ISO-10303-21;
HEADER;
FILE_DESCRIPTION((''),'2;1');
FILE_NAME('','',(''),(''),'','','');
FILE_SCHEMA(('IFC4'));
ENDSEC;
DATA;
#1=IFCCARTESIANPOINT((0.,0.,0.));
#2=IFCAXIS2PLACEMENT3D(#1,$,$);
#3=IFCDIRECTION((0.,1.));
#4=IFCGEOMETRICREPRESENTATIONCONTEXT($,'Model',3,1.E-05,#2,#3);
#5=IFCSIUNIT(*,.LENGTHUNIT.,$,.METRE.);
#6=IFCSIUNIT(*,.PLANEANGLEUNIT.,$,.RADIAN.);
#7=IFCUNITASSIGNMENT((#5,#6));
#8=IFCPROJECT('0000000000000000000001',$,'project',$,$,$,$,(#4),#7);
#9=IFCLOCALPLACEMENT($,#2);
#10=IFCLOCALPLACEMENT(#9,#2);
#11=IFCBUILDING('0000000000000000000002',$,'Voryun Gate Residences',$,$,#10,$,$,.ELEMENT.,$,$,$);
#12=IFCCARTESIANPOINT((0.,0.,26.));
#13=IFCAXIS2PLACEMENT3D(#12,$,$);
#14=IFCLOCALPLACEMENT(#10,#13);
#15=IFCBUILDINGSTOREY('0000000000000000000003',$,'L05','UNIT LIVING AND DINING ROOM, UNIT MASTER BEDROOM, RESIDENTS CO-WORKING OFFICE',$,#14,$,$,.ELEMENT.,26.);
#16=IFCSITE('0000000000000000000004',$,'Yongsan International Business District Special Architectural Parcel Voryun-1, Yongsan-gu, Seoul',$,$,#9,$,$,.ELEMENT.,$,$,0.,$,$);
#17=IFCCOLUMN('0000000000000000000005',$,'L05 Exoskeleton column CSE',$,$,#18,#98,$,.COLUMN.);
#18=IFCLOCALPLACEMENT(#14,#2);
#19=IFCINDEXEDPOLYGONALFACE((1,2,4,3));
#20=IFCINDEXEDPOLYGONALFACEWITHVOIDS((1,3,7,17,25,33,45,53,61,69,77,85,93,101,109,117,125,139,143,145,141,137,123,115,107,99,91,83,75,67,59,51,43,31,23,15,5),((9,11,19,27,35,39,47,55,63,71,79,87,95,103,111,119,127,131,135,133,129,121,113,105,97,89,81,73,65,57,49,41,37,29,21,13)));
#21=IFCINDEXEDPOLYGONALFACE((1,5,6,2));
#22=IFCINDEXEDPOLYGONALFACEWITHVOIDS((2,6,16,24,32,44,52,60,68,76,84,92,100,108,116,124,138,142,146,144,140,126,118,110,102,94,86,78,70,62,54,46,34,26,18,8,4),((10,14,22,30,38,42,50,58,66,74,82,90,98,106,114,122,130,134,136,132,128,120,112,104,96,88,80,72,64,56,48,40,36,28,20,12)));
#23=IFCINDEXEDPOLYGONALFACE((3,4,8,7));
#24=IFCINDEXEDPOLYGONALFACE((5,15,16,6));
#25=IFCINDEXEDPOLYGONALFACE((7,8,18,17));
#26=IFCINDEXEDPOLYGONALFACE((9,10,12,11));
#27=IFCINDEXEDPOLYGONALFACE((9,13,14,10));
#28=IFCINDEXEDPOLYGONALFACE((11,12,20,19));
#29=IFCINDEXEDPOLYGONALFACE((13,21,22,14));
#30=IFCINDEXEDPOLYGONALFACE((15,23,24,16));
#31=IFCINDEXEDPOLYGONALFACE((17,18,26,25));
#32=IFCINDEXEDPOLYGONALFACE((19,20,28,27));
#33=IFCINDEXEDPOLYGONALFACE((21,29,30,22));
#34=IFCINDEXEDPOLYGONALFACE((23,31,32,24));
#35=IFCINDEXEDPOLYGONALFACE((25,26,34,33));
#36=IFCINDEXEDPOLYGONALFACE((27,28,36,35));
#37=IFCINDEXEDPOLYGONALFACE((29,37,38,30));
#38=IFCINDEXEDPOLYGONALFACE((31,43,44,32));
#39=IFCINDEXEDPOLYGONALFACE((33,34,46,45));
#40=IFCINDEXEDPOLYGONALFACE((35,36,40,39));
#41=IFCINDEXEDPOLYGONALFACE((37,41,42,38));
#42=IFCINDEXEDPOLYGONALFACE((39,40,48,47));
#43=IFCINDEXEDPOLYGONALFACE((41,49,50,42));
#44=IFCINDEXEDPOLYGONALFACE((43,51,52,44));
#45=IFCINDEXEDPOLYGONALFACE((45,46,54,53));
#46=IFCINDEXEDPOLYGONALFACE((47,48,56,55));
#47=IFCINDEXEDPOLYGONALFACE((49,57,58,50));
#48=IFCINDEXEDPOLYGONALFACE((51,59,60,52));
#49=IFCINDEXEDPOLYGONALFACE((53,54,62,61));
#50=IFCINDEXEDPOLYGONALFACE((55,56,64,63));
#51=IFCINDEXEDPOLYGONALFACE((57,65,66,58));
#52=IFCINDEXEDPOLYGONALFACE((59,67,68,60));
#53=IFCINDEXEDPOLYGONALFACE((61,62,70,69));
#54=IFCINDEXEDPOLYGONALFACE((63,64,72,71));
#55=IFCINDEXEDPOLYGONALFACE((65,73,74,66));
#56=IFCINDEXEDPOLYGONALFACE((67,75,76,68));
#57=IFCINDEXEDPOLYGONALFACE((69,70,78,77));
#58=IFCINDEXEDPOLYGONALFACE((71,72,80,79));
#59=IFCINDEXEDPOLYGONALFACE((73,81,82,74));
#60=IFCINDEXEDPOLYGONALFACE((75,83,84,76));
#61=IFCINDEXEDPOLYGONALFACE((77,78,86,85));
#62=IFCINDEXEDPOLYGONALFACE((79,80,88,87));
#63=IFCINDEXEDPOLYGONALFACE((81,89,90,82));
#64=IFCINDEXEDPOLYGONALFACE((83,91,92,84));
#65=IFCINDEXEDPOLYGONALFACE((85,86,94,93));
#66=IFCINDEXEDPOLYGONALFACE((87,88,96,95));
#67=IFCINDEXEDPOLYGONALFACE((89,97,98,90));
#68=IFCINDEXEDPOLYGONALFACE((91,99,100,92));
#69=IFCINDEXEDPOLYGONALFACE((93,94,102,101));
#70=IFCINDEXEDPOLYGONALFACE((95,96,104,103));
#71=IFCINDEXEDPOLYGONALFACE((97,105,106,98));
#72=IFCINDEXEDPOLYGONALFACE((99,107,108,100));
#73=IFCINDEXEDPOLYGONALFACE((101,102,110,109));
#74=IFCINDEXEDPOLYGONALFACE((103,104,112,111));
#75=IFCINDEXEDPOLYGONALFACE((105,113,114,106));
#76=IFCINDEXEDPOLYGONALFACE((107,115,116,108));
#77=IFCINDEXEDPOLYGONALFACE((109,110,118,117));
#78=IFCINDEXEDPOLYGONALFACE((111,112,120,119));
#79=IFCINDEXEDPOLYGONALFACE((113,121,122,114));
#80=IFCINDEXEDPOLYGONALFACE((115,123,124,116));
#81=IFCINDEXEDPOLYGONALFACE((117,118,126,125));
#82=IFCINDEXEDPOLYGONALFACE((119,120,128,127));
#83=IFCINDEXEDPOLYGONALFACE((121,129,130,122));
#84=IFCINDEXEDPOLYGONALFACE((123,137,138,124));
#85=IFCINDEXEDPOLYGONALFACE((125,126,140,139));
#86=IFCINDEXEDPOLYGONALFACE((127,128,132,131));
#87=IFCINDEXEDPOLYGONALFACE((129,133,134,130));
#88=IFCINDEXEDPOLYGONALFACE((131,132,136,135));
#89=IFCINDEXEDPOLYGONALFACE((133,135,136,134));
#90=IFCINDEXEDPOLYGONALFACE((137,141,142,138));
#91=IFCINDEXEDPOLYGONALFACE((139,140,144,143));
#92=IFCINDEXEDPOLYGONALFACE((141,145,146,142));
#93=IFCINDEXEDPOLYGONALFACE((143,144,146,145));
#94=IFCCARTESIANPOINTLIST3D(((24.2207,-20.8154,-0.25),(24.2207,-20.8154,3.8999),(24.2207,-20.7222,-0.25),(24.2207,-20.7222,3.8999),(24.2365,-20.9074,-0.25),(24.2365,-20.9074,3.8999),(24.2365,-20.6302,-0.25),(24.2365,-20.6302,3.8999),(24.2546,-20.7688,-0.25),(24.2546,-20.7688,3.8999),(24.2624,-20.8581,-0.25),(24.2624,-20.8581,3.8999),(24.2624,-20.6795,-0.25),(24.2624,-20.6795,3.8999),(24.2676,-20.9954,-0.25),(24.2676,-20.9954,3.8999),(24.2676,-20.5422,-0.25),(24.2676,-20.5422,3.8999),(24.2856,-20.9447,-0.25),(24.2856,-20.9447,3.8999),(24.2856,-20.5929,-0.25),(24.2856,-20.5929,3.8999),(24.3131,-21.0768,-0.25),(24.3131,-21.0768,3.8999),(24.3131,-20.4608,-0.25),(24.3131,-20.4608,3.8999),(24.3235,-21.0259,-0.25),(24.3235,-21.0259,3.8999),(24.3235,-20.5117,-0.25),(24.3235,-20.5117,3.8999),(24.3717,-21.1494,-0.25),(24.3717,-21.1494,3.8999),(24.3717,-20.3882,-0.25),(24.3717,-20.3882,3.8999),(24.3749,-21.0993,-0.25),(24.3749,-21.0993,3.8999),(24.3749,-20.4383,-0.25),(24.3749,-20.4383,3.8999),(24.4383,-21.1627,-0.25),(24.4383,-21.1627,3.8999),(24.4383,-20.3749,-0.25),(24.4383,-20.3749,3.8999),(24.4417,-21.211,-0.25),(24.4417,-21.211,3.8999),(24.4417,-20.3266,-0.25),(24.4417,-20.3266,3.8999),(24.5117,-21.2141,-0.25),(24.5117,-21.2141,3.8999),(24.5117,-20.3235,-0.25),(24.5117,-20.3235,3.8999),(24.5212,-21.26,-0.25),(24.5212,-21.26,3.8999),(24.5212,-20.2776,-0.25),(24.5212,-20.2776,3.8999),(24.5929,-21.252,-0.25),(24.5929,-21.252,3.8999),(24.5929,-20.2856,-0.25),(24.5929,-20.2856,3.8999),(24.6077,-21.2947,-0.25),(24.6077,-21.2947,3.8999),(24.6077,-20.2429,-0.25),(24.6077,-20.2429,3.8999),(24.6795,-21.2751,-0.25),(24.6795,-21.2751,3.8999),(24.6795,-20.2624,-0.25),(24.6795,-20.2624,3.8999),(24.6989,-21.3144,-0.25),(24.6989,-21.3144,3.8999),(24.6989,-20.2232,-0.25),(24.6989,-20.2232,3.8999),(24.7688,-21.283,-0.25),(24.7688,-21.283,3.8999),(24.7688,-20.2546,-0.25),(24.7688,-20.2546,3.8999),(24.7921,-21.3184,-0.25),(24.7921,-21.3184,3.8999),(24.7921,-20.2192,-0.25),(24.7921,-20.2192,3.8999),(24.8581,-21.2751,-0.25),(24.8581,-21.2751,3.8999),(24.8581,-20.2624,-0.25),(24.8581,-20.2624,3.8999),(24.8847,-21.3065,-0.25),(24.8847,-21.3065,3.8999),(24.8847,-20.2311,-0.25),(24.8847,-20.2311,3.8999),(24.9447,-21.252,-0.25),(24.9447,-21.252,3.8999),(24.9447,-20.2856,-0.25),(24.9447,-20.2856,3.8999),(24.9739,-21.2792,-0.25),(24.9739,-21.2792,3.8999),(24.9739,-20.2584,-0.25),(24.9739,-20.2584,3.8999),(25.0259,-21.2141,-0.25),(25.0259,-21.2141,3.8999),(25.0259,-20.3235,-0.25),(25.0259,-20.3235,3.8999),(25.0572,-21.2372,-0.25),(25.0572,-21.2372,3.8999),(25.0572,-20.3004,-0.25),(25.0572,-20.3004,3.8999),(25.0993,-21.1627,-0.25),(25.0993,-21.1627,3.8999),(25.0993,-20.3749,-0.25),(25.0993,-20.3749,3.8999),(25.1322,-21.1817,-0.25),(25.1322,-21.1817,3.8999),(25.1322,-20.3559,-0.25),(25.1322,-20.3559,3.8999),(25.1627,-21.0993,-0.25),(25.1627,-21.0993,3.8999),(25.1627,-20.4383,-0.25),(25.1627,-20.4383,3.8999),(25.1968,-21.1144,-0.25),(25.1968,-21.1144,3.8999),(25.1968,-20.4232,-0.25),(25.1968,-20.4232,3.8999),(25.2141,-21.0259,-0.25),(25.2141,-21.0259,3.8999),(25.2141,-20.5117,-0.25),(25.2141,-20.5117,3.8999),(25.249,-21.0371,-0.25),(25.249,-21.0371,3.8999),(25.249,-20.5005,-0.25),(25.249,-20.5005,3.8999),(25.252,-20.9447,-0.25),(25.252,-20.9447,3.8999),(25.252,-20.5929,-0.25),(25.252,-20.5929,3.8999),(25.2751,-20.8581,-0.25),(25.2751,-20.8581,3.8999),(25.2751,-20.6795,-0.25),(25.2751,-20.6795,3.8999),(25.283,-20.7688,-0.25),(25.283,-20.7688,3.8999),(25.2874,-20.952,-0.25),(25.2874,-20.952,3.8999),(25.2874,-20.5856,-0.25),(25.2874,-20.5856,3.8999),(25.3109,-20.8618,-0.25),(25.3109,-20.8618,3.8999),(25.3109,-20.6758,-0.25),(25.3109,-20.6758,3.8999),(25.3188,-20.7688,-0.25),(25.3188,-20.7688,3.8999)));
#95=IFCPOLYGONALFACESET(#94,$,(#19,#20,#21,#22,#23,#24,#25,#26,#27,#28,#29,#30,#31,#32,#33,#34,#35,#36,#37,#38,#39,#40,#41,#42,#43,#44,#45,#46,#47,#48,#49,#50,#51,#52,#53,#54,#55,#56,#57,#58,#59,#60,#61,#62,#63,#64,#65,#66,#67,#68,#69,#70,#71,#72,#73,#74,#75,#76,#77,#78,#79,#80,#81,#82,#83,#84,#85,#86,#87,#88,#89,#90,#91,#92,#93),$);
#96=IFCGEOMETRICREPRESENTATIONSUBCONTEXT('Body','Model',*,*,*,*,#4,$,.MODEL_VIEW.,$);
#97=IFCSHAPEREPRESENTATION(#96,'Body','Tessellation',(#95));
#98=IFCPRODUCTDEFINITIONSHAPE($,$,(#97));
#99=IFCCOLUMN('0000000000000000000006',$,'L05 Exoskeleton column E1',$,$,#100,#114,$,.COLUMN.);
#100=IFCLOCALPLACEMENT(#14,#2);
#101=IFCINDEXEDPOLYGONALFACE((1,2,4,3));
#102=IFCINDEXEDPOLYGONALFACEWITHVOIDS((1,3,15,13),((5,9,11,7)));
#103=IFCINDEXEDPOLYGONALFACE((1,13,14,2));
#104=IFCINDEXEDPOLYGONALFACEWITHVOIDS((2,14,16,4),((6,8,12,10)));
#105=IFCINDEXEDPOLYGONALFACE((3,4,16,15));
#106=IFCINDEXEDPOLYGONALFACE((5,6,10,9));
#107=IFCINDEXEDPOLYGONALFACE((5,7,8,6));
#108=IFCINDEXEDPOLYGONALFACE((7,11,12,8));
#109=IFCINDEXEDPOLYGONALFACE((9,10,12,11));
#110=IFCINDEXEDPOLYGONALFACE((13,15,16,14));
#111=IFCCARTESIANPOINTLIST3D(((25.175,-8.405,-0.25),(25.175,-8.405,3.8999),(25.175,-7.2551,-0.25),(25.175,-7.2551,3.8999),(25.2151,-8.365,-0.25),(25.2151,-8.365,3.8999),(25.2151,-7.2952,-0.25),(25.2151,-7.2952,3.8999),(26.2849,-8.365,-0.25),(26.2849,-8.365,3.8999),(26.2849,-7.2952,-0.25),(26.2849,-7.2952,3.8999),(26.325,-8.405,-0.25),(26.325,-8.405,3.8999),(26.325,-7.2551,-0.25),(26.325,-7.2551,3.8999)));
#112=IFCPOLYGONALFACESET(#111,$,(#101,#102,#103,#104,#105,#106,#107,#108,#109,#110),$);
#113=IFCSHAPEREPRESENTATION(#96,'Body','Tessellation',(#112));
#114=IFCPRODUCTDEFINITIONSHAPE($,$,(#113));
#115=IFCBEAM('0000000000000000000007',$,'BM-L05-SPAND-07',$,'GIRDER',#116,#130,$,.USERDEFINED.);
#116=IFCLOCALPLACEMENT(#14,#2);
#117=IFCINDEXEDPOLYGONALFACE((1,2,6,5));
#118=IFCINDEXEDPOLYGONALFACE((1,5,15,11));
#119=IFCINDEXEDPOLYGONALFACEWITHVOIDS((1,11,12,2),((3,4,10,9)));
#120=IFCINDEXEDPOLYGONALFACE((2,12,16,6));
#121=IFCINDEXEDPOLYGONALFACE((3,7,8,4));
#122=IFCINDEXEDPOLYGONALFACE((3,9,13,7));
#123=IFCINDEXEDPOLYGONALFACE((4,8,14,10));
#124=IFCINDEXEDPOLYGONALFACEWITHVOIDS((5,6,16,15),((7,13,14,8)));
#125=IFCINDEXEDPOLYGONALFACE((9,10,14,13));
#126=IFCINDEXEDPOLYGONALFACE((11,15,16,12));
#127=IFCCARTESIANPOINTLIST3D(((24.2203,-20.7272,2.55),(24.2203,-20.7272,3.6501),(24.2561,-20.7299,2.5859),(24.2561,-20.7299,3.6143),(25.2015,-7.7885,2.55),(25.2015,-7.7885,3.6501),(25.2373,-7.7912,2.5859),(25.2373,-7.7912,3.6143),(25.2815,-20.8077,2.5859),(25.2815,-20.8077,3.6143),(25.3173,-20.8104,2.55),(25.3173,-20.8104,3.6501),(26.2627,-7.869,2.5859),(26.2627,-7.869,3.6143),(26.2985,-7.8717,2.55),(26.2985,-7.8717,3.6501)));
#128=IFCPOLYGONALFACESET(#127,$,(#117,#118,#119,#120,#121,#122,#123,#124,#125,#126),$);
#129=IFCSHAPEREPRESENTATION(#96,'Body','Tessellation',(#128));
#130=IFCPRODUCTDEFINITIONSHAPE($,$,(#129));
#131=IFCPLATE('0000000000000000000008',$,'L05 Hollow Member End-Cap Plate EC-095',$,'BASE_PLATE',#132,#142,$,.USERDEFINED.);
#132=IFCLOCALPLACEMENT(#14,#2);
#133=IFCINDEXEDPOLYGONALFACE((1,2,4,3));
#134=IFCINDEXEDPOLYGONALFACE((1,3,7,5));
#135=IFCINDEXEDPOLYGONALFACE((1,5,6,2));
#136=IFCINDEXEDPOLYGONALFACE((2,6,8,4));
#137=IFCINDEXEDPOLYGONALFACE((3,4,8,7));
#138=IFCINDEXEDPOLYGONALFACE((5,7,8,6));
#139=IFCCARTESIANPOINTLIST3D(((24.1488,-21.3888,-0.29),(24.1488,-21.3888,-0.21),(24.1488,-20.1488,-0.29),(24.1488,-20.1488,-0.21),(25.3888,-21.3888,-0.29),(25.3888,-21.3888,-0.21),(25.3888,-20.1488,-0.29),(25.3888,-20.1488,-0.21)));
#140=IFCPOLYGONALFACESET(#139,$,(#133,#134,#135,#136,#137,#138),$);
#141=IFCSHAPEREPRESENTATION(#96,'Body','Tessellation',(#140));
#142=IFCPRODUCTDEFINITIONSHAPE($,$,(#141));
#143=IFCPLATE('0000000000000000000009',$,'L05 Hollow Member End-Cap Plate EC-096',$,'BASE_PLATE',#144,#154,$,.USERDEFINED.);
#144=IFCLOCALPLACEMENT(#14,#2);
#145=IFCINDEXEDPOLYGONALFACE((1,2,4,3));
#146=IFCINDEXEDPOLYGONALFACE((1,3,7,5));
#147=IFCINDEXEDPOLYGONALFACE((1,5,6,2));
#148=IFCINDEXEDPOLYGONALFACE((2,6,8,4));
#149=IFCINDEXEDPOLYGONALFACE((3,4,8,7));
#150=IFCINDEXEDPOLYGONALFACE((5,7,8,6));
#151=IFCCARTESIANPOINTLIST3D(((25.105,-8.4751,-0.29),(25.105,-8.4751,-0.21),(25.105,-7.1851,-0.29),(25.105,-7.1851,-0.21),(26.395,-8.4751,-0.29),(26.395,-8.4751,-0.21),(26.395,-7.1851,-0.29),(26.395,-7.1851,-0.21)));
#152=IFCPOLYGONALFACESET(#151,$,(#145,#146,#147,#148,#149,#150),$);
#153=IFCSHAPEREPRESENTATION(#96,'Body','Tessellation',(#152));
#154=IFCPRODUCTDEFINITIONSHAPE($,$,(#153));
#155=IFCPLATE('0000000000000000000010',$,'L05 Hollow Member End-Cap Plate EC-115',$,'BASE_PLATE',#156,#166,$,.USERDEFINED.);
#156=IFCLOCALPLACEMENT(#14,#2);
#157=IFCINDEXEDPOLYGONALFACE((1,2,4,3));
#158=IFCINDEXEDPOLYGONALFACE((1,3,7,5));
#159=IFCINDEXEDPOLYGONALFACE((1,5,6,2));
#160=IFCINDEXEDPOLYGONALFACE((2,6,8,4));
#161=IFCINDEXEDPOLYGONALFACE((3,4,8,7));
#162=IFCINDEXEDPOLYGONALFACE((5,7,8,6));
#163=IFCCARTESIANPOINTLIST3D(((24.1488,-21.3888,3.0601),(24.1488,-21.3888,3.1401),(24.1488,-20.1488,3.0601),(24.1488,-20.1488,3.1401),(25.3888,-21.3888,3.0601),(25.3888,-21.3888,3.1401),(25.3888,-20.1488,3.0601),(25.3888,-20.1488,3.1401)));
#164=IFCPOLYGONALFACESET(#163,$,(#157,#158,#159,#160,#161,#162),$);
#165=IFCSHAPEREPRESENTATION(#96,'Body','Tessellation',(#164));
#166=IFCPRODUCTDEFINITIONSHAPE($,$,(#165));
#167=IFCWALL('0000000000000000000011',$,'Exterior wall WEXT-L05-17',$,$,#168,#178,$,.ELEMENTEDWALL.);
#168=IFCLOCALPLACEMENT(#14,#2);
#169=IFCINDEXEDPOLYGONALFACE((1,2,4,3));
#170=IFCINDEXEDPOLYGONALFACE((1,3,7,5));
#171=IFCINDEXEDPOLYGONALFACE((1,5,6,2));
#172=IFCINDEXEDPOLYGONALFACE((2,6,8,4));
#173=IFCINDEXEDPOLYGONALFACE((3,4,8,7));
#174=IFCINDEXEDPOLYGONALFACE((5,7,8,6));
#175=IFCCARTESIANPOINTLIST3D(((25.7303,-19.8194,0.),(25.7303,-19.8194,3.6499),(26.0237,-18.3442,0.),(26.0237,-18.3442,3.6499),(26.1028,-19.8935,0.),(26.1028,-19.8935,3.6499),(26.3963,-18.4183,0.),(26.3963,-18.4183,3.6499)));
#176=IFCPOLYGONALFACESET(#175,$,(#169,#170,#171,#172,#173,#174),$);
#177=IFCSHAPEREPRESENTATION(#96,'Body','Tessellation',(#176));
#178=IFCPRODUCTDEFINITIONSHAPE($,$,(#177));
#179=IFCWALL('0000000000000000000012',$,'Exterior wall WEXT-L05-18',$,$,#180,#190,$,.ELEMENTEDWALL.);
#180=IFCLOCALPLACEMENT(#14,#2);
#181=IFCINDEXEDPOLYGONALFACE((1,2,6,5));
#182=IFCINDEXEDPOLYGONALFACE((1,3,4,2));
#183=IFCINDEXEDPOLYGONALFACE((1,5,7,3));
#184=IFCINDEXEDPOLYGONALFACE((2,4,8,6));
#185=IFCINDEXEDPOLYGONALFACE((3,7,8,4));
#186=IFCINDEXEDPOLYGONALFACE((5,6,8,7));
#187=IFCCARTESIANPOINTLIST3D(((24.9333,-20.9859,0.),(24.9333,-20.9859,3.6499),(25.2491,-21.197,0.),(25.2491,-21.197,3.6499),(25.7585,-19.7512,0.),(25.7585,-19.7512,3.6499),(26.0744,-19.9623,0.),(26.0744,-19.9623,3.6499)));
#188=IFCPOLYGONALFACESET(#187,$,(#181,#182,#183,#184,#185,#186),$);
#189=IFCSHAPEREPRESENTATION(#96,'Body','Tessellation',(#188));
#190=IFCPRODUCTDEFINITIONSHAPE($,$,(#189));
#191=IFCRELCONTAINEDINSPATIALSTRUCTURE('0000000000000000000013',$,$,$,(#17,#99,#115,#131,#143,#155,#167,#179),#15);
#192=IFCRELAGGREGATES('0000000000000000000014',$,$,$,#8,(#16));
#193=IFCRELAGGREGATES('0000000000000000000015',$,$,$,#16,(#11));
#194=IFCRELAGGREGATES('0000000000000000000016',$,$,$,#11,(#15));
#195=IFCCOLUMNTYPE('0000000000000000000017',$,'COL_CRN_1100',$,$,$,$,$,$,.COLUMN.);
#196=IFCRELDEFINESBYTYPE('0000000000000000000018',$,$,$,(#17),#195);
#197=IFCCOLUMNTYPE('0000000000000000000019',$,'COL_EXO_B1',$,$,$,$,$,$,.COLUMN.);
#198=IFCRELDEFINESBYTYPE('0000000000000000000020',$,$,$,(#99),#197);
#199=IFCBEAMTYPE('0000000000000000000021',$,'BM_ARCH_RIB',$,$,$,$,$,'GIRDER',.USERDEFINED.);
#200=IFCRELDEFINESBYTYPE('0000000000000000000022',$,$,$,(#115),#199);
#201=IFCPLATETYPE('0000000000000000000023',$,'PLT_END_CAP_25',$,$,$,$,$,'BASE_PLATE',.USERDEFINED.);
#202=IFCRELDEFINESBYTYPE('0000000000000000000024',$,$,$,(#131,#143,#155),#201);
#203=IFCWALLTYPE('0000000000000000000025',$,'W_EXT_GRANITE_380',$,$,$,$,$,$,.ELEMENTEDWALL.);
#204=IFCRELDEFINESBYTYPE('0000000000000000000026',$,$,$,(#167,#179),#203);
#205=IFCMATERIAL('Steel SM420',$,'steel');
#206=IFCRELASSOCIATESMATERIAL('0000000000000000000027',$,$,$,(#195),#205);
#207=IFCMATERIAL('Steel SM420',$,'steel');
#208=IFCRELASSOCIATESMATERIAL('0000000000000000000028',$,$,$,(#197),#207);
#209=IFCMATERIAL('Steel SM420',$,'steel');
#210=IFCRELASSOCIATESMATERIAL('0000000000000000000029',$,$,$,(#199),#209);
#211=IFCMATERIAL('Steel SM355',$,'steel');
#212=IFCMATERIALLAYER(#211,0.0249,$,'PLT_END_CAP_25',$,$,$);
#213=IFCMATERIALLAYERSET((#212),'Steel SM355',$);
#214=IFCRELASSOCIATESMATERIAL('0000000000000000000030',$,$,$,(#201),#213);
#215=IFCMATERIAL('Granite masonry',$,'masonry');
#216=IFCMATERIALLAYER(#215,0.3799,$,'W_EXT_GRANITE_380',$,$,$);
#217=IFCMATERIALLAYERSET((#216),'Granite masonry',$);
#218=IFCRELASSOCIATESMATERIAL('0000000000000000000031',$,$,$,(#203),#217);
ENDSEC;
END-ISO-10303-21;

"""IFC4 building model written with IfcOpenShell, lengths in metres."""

from ifc_helpers import new_model, si_unit, direction, frame, frame_2d, origin, origin_2d, place, context, subcontext, project, spatial, rectangle, hollow_rectangle, hollow_circle, extrude, material, layer, layer_set, material_profile, profile_set, type_object, element, save


model = new_model("IFC4")

# Units and contexts
model_context = context("Model", 3, precision=1e-05, world=origin(), true_north=direction((0.0, 1.0)))
body_context = subcontext(model_context, "Body", "Model", "MODEL_VIEW")
ifc_project = project(units=[si_unit("LENGTHUNIT", "METRE"), si_unit("PLANEANGLEUNIT", "RADIAN")], contexts=[model_context])

# Site, building, storey
site_placement = place(None, origin())
site = spatial("IfcSite", under=ifc_project, at=site_placement, Name="Yongsan International Business District Special Architectural Parcel Voryun-1, Yongsan-gu, Seoul", CompositionType="ELEMENT", RefElevation=0.0)
building_placement = place(site_placement, origin())
building = spatial("IfcBuilding", under=site, at=building_placement, Name="Voryun Gate Residences", CompositionType="ELEMENT")
storey_placement = place(building_placement, frame((0.0, 0.0, 26.0)))
storey = spatial("IfcBuildingStorey", under=building, at=storey_placement, Name="L05", Description="UNIT LIVING AND DINING ROOM, UNIT MASTER BEDROOM, RESIDENTS CO-WORKING OFFICE", CompositionType="ELEMENT", Elevation=26.0)

# Columns
ifc_material_1 = material(Name="Steel SM420", Category="steel")
ifc_material_profile_1 = material_profile(ifc_material_1, hollow_circle(Radius=0.55, WallThickness=0.0359, at=origin_2d()), Name="CHS-1100x36")
ifc_profile_set_1 = profile_set([ifc_material_profile_1], Name="Steel SM420")
column_type_1 = type_object("IfcColumnType", Name="COL_CRN_1100", PredefinedType="COLUMN", material=ifc_profile_set_1)
column_1_placement = place(storey_placement, frame((24.7688, -20.7688, -0.25), z_axis=(0.0, 0.0, 1.0), x_axis=(1.0, 0.0, 0.0)))
element("IfcColumn", 1, at=column_1_placement, inside=storey, type_object=column_type_1, Name="L05 Exoskeleton column CSE", PredefinedType="COLUMN", context=body_context, shape_type="SweptSolid", body=[
    extrude(hollow_circle(Radius=0.55, WallThickness=0.0359, at=origin_2d()), origin(), (0.0, 0.0, 1.0), 4.1499),
])
ifc_material_2 = material(Name="Steel SM420", Category="steel")
ifc_material_profile_2 = material_profile(ifc_material_2, hollow_rectangle(XDim=1.1499, YDim=1.1499, WallThickness=0.04, at=origin_2d()), Name="BOX-1150x1150x40")
ifc_profile_set_2 = profile_set([ifc_material_profile_2], Name="Steel SM420")
column_type_2 = type_object("IfcColumnType", Name="COL_EXO_B1", PredefinedType="COLUMN", material=ifc_profile_set_2)
column_2_placement = place(storey_placement, frame((25.75, -7.8301, -0.25), z_axis=(0.0, 0.0, 1.0), x_axis=(1.0, 0.0, 0.0)))
element("IfcColumn", 2, at=column_2_placement, inside=storey, type_object=column_type_2, Name="L05 Exoskeleton column E1", PredefinedType="COLUMN", context=body_context, shape_type="SweptSolid", body=[
    extrude(hollow_rectangle(XDim=1.1499, YDim=1.1499, WallThickness=0.04, at=origin_2d()), origin(), (0.0, 0.0, 1.0), 4.1499),
])

# Beam
ifc_material_3 = material(Name="Steel SM420", Category="steel")
ifc_material_profile_3 = material_profile(ifc_material_3, hollow_rectangle(XDim=1.1001, YDim=1.1001, WallThickness=0.0359, at=origin_2d()), Name="BOX-1100x1100x36")
ifc_profile_set_3 = profile_set([ifc_material_profile_3], Name="Steel SM420")
beam_type = type_object("IfcBeamType", Name="BM_ARCH_RIB", ElementType="GIRDER", PredefinedType="USERDEFINED", material=ifc_profile_set_3)
beam_placement = place(storey_placement, frame((24.7688, -20.7688, 3.1001), z_axis=(0.075617, 0.997137, 0.0), x_axis=(-0.997137, 0.075617, 0.0)))
element("IfcBeam", 3, at=beam_placement, inside=storey, type_object=beam_type, Name="BM-L05-SPAND-07", ObjectType="GIRDER", PredefinedType="USERDEFINED", context=body_context, shape_type="SweptSolid", body=[
    extrude(hollow_rectangle(XDim=1.1001, YDim=1.1001, WallThickness=0.0359, at=origin_2d()), origin(), (0.0, 0.0, 1.0), 12.9758),
])

# Plates
ifc_material_4 = material(Name="Steel SM355", Category="steel")
ifc_layer_1 = layer(ifc_material_4, 0.0249, Name="PLT_END_CAP_25")
ifc_layer_set_1 = layer_set([ifc_layer_1], Name="Steel SM355")
plate_type = type_object("IfcPlateType", Name="PLT_END_CAP_25", ElementType="BASE_PLATE", PredefinedType="USERDEFINED", material=ifc_layer_set_1)
plate_1_placement = place(storey_placement, frame((24.7688, -20.7688, -0.29), z_axis=(0.0, 0.0, 1.0), x_axis=(1.0, 0.0, 0.0)))
element("IfcPlate", 4, at=plate_1_placement, inside=storey, type_object=plate_type, Name="L05 Hollow Member End-Cap Plate EC-095", ObjectType="BASE_PLATE", PredefinedType="USERDEFINED", context=body_context, shape_type="SweptSolid", body=[
    extrude(rectangle(XDim=1.24, YDim=1.24, at=origin_2d()), origin(), (0.0, 0.0, 1.0), 0.0801),
])
plate_2_placement = place(storey_placement, frame((25.75, -7.8301, -0.29), z_axis=(0.0, 0.0, 1.0), x_axis=(1.0, 0.0, 0.0)))
element("IfcPlate", 5, at=plate_2_placement, inside=storey, type_object=plate_type, Name="L05 Hollow Member End-Cap Plate EC-096", ObjectType="BASE_PLATE", PredefinedType="USERDEFINED", context=body_context, shape_type="SweptSolid", body=[
    extrude(rectangle(XDim=1.29, YDim=1.29, at=origin_2d()), origin(), (0.0, 0.0, 1.0), 0.0801),
])
plate_3_placement = place(storey_placement, frame((24.7688, -20.7688, 3.0601), z_axis=(0.0, 0.0, 1.0), x_axis=(1.0, 0.0, 0.0)))
element("IfcPlate", 6, at=plate_3_placement, inside=storey, type_object=plate_type, Name="L05 Hollow Member End-Cap Plate EC-115", ObjectType="BASE_PLATE", PredefinedType="USERDEFINED", context=body_context, shape_type="SweptSolid", body=[
    extrude(rectangle(XDim=1.24, YDim=1.24, at=origin_2d()), origin(), (0.0, 0.0, 1.0), 0.0801),
])

# Walls
ifc_material_5 = material(Name="Granite masonry", Category="masonry")
ifc_layer_2 = layer(ifc_material_5, 0.3799, Name="W_EXT_GRANITE_380")
ifc_layer_set_2 = layer_set([ifc_layer_2], Name="Granite masonry")
wall_type_1 = type_object("IfcWallType", Name="W_EXT_GRANITE_380", PredefinedType="ELEMENTEDWALL", material=ifc_layer_set_2)
wall_1_placement = place(storey_placement, frame((26.21, -18.3813, 0.0), z_axis=(0.0, 0.0, 1.0), x_axis=(-0.195086, -0.980786, 0.0)))
element("IfcWall", 7, at=wall_1_placement, inside=storey, type_object=wall_type_1, Name="Exterior wall WEXT-L05-17", PredefinedType="ELEMENTEDWALL", context=body_context, shape_type="SweptSolid", body=[
    extrude(rectangle(XDim=1.5042, YDim=0.3799, at=frame_2d((0.752, 0.0))), origin(), (0.0, 0.0, 1.0), 3.6499),
])
wall_2_placement = place(storey_placement, frame((25.9165, -19.8567, 0.0), z_axis=(0.0, 0.0, 1.0), x_axis=(-0.555686, -0.831392, 0.0)))
element("IfcWall", 8, at=wall_2_placement, inside=storey, type_object=wall_type_1, Name="Exterior wall WEXT-L05-18", PredefinedType="ELEMENTEDWALL", context=body_context, shape_type="SweptSolid", body=[
    extrude(rectangle(XDim=1.4851, YDim=0.3799, at=frame_2d((0.7427, 0.0))), origin(), (0.0, 0.0, 1.0), 3.6499),
])

save(model, "model.ifc")
